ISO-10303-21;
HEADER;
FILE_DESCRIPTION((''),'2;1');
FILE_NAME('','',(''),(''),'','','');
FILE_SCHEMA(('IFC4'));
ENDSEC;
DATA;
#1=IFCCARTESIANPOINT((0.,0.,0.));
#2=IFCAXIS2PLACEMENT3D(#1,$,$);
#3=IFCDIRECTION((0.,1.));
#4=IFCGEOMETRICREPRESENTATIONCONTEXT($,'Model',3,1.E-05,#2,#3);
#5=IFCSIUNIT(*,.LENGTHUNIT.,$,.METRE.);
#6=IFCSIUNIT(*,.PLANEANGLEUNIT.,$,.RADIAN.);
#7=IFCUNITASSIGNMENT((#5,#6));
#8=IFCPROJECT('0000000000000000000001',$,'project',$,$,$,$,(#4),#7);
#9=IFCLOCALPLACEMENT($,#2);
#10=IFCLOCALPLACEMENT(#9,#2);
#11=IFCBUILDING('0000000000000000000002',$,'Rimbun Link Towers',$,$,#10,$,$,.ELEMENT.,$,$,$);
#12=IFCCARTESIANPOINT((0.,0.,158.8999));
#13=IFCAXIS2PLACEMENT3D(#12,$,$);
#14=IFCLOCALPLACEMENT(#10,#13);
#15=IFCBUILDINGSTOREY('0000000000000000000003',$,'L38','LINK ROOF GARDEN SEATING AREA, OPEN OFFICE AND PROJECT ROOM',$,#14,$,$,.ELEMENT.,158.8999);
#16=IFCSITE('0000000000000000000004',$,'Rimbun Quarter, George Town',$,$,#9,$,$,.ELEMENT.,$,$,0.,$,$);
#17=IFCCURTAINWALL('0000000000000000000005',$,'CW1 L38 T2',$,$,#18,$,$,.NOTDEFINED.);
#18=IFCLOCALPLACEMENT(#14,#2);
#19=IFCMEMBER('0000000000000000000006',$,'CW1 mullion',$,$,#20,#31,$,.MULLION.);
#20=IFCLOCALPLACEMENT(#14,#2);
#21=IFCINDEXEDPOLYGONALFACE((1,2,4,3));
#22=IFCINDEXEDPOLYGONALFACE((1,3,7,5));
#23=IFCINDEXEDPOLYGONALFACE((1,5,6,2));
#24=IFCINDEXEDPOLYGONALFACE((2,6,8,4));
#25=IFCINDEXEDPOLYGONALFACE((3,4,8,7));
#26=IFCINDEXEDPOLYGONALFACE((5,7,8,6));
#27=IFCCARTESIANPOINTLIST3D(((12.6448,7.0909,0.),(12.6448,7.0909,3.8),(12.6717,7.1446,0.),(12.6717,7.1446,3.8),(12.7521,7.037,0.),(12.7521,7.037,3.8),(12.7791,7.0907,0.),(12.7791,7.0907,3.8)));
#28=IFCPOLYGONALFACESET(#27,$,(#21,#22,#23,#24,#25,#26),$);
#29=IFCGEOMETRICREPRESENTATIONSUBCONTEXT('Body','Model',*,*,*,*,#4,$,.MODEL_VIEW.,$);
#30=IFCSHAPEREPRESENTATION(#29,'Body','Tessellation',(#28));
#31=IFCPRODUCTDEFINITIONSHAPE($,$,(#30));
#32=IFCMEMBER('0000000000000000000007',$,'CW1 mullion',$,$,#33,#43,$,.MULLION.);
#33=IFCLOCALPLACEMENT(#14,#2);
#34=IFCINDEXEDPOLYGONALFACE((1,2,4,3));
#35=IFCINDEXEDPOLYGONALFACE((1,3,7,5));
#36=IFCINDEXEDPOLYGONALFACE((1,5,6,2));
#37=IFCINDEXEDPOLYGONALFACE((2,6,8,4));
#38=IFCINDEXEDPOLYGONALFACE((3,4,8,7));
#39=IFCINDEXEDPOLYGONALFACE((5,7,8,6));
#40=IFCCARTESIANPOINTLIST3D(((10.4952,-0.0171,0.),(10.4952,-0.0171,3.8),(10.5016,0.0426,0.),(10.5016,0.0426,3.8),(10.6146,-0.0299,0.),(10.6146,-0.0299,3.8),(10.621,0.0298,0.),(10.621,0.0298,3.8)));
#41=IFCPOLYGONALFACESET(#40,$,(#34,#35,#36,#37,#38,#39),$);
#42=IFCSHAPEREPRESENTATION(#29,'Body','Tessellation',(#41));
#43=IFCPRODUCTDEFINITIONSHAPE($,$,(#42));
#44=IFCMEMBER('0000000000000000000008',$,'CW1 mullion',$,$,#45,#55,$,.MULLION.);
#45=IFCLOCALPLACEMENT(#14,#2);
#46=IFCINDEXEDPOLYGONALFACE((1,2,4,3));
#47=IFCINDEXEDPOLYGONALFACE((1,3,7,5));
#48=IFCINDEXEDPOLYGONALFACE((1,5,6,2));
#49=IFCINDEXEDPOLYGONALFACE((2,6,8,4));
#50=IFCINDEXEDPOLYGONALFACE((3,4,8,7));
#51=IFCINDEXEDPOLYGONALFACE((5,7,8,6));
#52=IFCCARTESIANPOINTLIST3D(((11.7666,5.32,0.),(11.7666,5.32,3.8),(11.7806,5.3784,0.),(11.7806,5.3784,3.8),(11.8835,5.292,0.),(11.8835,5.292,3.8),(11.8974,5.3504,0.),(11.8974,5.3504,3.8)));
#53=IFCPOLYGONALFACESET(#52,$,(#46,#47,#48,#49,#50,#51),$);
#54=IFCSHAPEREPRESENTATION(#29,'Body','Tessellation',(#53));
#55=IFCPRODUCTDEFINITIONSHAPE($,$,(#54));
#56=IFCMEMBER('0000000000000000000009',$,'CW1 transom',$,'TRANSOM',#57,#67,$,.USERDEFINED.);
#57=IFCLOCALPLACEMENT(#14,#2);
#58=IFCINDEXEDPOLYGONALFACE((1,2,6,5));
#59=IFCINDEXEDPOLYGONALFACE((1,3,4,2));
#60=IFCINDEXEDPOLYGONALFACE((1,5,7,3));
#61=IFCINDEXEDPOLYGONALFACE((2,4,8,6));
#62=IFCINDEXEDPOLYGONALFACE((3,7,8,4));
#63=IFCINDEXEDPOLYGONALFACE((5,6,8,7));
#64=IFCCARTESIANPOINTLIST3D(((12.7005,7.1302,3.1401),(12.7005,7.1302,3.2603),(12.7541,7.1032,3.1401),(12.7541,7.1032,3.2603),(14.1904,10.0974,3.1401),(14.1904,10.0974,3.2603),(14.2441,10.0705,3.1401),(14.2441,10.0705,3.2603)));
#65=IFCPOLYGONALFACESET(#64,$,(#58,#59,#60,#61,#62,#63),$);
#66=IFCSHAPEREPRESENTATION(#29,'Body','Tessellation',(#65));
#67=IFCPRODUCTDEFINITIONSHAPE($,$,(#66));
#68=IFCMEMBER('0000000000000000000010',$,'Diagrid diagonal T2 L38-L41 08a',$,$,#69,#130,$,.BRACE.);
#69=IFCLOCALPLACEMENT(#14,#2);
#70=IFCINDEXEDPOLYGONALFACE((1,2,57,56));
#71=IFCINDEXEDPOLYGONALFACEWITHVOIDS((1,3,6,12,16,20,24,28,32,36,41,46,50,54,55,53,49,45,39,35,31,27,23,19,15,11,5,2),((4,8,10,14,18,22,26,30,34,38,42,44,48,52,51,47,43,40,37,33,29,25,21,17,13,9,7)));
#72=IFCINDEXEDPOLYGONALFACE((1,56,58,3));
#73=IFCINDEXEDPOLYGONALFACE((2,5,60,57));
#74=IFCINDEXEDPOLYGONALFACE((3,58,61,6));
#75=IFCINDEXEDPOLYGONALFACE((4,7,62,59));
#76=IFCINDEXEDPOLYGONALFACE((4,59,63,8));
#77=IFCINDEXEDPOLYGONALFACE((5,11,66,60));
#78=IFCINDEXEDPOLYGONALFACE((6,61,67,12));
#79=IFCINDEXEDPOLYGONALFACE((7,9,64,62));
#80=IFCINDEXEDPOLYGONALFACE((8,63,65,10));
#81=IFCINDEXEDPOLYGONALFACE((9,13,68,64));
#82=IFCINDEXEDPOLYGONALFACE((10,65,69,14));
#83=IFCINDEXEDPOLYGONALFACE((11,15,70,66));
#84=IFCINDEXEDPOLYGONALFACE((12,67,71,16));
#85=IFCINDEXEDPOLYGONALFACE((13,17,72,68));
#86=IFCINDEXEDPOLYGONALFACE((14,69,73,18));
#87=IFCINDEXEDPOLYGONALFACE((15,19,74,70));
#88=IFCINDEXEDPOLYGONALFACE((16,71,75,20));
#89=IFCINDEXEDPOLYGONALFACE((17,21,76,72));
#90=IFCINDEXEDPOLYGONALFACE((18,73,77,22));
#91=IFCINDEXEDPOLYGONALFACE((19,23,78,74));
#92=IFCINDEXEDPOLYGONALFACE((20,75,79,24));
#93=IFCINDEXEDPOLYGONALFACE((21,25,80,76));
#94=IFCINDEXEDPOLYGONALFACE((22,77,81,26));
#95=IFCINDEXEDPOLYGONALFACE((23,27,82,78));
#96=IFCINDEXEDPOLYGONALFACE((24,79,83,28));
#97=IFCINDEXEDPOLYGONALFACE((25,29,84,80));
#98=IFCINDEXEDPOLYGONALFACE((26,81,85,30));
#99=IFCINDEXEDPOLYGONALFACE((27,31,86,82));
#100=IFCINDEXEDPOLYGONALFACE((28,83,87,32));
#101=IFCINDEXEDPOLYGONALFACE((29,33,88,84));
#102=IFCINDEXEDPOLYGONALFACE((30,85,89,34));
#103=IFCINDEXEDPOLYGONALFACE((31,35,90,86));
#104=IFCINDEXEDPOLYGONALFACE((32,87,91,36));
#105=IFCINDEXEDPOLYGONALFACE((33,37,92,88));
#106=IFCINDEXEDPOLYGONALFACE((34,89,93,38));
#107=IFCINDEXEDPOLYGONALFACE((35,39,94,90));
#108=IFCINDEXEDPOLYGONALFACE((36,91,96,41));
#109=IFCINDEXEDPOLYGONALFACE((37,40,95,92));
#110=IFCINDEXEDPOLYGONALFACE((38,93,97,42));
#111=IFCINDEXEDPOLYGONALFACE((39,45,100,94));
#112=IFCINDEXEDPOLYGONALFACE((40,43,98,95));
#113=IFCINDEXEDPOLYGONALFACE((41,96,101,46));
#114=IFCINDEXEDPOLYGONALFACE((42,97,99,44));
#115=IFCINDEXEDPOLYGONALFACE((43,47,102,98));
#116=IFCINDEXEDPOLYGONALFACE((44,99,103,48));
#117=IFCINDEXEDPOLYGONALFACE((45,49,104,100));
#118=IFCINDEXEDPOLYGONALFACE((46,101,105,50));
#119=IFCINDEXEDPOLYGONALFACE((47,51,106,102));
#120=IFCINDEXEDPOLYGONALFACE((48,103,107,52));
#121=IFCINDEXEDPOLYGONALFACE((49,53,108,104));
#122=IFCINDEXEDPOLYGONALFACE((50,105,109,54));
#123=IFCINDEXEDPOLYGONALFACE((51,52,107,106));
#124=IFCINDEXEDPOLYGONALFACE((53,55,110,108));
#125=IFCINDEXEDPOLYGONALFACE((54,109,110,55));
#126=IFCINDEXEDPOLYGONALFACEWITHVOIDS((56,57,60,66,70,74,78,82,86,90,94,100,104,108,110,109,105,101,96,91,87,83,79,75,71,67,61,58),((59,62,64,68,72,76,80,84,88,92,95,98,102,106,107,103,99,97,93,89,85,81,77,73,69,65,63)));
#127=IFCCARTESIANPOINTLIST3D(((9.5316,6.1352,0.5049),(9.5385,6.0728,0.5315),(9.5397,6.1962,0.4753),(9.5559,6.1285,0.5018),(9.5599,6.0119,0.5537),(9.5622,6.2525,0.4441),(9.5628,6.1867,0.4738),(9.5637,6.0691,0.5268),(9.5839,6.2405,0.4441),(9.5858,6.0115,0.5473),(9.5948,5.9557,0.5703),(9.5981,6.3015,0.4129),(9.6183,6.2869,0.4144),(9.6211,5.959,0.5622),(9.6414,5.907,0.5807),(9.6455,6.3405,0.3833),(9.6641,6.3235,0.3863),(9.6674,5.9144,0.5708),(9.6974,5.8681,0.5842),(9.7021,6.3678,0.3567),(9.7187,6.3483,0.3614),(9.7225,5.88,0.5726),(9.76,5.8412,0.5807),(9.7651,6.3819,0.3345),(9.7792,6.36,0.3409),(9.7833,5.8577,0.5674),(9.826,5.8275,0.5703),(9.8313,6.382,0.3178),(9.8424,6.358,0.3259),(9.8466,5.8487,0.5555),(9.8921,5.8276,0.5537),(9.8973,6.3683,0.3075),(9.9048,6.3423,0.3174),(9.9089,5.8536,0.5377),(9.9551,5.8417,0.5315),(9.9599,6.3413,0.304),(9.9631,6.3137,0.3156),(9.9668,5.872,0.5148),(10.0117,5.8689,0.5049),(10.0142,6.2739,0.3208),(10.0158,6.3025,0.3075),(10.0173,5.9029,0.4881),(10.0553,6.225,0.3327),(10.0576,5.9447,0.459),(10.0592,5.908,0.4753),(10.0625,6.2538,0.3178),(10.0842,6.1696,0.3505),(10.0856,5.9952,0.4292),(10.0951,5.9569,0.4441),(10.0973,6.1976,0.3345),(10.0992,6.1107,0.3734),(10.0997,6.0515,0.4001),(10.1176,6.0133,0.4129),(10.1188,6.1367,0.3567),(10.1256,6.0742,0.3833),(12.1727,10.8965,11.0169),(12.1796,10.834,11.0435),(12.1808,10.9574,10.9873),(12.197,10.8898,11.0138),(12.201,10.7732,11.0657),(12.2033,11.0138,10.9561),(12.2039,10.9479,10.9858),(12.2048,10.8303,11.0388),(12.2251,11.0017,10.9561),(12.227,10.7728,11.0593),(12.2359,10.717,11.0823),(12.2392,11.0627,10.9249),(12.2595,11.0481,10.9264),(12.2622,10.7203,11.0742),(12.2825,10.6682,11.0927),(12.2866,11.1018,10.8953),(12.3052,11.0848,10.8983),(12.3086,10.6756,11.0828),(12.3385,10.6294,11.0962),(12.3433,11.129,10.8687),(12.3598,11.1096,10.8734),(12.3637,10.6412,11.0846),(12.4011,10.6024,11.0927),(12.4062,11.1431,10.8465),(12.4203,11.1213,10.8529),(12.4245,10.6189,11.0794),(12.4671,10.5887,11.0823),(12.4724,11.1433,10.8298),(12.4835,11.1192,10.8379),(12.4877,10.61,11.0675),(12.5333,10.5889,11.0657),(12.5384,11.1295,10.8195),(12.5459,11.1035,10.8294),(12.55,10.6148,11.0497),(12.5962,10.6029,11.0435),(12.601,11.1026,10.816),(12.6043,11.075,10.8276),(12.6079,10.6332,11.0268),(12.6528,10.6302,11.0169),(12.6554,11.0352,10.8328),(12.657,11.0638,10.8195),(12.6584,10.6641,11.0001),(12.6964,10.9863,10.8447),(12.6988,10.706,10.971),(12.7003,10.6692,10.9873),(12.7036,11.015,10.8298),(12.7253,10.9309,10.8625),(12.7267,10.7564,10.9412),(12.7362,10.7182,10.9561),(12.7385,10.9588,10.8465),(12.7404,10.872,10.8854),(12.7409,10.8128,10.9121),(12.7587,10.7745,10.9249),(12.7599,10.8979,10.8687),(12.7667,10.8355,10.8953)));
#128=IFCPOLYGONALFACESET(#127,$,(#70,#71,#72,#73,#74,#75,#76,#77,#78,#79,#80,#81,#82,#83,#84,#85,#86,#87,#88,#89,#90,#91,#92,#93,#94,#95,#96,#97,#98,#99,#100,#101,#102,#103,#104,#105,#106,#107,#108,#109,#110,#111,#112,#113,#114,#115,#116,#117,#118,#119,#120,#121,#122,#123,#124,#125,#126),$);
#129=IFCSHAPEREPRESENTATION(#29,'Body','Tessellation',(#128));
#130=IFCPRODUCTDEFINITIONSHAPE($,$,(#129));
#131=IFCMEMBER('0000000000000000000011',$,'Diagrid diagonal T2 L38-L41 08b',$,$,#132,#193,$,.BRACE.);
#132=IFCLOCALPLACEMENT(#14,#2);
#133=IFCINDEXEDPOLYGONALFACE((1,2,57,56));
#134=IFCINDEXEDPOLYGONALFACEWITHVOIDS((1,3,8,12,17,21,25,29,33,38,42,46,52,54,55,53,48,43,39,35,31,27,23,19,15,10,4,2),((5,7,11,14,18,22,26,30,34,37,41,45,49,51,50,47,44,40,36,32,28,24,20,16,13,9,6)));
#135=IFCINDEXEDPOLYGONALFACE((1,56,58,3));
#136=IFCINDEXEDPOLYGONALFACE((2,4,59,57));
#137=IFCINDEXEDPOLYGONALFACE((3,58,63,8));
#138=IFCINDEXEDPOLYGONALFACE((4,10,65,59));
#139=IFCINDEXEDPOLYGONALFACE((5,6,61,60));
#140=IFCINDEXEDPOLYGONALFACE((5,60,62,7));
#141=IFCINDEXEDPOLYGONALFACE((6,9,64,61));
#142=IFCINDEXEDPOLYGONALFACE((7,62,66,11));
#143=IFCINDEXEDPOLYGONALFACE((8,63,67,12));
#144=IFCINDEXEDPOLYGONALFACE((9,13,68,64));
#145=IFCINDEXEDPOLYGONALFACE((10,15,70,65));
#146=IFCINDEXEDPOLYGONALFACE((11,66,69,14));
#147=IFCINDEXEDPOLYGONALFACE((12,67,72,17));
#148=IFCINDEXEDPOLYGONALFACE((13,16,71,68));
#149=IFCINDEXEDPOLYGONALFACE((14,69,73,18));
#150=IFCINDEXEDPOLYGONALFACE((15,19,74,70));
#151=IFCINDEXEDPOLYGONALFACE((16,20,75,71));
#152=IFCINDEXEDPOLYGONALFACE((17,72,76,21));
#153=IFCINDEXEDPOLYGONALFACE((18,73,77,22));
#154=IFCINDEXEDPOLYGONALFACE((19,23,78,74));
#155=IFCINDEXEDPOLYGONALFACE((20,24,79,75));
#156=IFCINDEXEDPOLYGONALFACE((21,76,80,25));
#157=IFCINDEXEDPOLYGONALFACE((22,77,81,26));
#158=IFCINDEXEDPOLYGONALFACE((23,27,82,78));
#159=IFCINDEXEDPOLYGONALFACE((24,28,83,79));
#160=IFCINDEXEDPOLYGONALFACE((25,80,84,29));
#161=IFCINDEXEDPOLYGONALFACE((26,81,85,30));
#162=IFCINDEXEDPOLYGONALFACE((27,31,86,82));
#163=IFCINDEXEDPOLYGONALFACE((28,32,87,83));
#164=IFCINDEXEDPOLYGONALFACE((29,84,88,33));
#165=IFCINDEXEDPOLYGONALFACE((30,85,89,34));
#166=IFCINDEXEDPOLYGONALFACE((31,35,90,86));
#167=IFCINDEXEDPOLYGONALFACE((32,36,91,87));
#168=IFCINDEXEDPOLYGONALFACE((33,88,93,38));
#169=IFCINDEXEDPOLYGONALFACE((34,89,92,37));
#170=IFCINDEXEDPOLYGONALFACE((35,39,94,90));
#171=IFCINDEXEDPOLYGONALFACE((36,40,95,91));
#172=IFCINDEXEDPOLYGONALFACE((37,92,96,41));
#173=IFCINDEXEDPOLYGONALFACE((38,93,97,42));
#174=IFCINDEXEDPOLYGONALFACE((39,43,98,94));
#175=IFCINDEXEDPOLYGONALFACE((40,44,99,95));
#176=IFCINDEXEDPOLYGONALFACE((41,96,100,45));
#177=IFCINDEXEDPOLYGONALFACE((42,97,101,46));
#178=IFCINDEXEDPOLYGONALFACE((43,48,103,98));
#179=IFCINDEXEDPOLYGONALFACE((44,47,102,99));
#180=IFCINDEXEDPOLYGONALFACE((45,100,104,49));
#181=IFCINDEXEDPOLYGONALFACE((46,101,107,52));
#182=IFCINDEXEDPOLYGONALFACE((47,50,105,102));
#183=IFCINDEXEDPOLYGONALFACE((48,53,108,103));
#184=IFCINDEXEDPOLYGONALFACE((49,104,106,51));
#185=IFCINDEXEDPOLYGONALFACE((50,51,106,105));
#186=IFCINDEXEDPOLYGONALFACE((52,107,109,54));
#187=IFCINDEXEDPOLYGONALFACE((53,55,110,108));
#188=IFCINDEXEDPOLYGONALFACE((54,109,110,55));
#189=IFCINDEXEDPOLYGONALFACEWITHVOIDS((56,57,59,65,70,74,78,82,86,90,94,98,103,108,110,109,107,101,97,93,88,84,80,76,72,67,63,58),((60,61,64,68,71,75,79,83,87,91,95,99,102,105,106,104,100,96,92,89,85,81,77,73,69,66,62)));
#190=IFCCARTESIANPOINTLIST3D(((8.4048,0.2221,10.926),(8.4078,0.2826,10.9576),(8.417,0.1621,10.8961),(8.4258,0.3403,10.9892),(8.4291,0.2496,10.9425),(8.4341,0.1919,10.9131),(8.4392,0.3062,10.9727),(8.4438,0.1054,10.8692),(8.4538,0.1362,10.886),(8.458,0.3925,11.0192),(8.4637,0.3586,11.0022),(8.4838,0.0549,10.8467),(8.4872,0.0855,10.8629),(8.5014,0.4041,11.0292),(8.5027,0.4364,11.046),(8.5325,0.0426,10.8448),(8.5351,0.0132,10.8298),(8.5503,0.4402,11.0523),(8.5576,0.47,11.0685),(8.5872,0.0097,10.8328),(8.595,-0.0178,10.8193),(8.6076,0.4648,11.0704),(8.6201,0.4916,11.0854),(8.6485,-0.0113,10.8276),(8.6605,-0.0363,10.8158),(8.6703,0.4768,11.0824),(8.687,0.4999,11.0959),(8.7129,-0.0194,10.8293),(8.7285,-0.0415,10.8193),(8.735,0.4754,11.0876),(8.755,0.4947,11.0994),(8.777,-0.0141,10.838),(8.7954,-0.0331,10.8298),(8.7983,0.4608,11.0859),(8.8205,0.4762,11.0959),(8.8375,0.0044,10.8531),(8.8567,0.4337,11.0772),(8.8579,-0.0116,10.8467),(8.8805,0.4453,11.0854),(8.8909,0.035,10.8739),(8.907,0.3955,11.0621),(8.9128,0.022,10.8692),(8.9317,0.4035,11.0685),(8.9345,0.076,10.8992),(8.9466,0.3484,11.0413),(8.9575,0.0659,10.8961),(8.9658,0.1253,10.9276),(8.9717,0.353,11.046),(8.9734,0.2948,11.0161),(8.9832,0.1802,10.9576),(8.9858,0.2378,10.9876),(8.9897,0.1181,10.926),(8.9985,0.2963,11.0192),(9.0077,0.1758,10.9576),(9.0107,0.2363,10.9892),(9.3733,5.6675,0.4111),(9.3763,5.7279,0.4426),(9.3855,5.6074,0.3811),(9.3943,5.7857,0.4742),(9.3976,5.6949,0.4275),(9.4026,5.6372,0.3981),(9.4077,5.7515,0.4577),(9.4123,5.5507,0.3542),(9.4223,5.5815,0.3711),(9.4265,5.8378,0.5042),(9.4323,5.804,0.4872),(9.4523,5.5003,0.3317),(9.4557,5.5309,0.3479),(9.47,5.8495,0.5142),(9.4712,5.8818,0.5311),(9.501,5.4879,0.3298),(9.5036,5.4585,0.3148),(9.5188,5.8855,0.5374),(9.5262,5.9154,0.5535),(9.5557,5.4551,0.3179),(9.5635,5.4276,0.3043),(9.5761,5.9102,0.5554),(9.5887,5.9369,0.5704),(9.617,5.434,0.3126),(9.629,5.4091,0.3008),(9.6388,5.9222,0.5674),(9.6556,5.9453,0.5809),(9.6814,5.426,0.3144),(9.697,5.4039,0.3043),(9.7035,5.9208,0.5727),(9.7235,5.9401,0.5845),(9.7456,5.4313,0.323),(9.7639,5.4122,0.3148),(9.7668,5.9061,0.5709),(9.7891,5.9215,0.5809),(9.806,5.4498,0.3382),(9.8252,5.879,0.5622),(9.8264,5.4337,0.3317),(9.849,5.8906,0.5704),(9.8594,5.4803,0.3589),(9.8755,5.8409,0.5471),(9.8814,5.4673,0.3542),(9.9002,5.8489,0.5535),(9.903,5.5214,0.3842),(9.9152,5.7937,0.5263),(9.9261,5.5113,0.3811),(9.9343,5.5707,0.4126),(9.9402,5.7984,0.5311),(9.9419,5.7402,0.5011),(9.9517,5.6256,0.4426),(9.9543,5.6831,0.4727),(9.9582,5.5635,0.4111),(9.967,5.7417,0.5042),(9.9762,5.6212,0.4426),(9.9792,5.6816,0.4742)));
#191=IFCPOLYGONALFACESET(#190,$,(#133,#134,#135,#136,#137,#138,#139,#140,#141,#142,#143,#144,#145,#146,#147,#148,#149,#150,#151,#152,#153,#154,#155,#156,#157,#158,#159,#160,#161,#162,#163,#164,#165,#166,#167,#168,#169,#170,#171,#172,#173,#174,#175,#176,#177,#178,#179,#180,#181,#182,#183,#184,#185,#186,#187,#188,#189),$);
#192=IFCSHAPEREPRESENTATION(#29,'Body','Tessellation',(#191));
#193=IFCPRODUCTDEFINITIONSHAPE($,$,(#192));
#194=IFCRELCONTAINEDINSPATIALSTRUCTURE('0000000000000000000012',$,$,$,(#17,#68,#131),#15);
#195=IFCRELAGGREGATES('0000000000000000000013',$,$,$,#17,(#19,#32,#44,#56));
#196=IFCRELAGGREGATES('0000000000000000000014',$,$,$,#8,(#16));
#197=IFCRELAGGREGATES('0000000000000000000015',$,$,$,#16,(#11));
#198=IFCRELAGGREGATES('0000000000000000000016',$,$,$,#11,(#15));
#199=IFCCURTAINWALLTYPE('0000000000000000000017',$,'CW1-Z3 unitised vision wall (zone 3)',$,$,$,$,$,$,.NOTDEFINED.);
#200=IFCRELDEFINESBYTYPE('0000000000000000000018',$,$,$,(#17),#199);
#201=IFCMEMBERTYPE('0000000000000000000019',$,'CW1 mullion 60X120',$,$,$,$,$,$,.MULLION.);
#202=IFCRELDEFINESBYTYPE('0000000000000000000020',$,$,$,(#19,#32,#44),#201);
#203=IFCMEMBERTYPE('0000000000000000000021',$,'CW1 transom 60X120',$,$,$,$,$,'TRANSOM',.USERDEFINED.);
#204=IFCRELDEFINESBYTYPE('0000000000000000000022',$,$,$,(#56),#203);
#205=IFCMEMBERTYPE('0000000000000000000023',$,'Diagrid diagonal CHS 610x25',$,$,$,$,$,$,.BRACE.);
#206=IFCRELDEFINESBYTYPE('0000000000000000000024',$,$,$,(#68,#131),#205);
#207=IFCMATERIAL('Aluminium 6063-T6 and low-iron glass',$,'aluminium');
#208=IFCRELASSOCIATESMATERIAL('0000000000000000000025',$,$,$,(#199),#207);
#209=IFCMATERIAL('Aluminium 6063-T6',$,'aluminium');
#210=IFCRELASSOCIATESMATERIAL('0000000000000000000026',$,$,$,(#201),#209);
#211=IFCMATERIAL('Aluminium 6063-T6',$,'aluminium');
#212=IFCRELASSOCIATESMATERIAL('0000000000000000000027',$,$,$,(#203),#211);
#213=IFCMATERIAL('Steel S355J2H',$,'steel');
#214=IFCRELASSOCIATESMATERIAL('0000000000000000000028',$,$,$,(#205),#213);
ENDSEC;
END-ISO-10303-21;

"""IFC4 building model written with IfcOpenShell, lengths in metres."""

from ifc_helpers import new_model, si_unit, direction, frame, origin, origin_2d, place, context, subcontext, project, spatial, rectangle, hollow_circle, extrude, material, material_profile, profile_set, type_object, element, aggregate, save


model = new_model("IFC4")

# Units and contexts
model_context = context("Model", 3, precision=1e-05, world=origin(), true_north=direction((0.0, 1.0)))
body_context = subcontext(model_context, "Body", "Model", "MODEL_VIEW")
ifc_project = project(units=[si_unit("LENGTHUNIT", "METRE"), si_unit("PLANEANGLEUNIT", "RADIAN")], contexts=[model_context])

# Site, building, storey
site_placement = place(None, origin())
site = spatial("IfcSite", under=ifc_project, at=site_placement, Name="Rimbun Quarter, George Town", CompositionType="ELEMENT", RefElevation=0.0)
building_placement = place(site_placement, origin())
building = spatial("IfcBuilding", under=site, at=building_placement, Name="Rimbun Link Towers", CompositionType="ELEMENT")
storey_placement = place(building_placement, frame((0.0, 0.0, 158.8999)))
storey = spatial("IfcBuildingStorey", under=building, at=storey_placement, Name="L38", Description="LINK ROOF GARDEN SEATING AREA, OPEN OFFICE AND PROJECT ROOM", CompositionType="ELEMENT", Elevation=158.8999)

# Curtain wall, members
ifc_material_1 = material(Name="Aluminium 6063-T6 and low-iron glass", Category="aluminium")
curtain_wall_type = type_object("IfcCurtainWallType", Name="CW1-Z3 unitised vision wall (zone 3)", PredefinedType="NOTDEFINED", material=ifc_material_1)
curtain_wall_placement = place(storey_placement, origin())
curtain_wall = element("IfcCurtainWall", 1, at=curtain_wall_placement, inside=storey, type_object=curtain_wall_type, Name="CW1 L38 T2", PredefinedType="NOTDEFINED")
ifc_material_2 = material(Name="Aluminium 6063-T6", Category="aluminium")
ifc_material_profile_1 = material_profile(ifc_material_2, rectangle(XDim=0.1201, YDim=0.0601, at=origin_2d()), Name="MULLION 60X120")
ifc_profile_set_1 = profile_set([ifc_material_profile_1], Name="Aluminium 6063-T6")
member_type_1 = type_object("IfcMemberType", Name="CW1 mullion 60X120", PredefinedType="MULLION", material=ifc_profile_set_1)
member_1_placement = place(storey_placement, frame((12.7119, 7.0908, 0.0), z_axis=(0.0, 0.0, 1.0), x_axis=(-0.893649, 0.448766, 0.0)))
member_1 = element("IfcMember", 2, at=member_1_placement, type_object=member_type_1, Name="CW1 mullion", PredefinedType="MULLION", context=body_context, shape_type="SweptSolid", body=[
    extrude(rectangle(XDim=0.1201, YDim=0.0601, at=origin_2d()), origin(), (0.0, 0.0, 1.0), 3.8),
])
member_2_placement = place(storey_placement, frame((10.5581, 0.0063, 0.0), z_axis=(0.0, 0.0, 1.0), x_axis=(-0.994297, 0.106647, 0.0)))
member_2 = element("IfcMember", 3, at=member_2_placement, type_object=member_type_1, Name="CW1 mullion", PredefinedType="MULLION", context=body_context, shape_type="SweptSolid", body=[
    extrude(rectangle(XDim=0.1201, YDim=0.0601, at=origin_2d()), origin(), (0.0, 0.0, 1.0), 3.8),
])
member_3_placement = place(storey_placement, frame((11.832, 5.3352, 0.0), z_axis=(0.0, 0.0, 1.0), x_axis=(-0.97257, 0.23261, 0.0)))
member_3 = element("IfcMember", 4, at=member_3_placement, type_object=member_type_1, Name="CW1 mullion", PredefinedType="MULLION", context=body_context, shape_type="SweptSolid", body=[
    extrude(rectangle(XDim=0.1201, YDim=0.0601, at=origin_2d()), origin(), (0.0, 0.0, 1.0), 3.8),
])
ifc_material_3 = material(Name="Aluminium 6063-T6", Category="aluminium")
ifc_material_profile_2 = material_profile(ifc_material_3, rectangle(XDim=0.0601, YDim=0.1201, at=origin_2d()), Name="TRANSOM 60X120")
ifc_profile_set_2 = profile_set([ifc_material_profile_2], Name="Aluminium 6063-T6")
member_type_2 = type_object("IfcMemberType", Name="CW1 transom 60X120", ElementType="TRANSOM", PredefinedType="USERDEFINED", material=ifc_profile_set_2)
member_4_placement = place(storey_placement, frame((12.7273, 7.1167, 3.2002), z_axis=(0.448742, 0.893661, 0.0), x_axis=(-0.893661, 0.448742, 0.0)))
member_4 = element("IfcMember", 5, at=member_4_placement, type_object=member_type_2, Name="CW1 transom", ObjectType="TRANSOM", PredefinedType="USERDEFINED", context=body_context, shape_type="SweptSolid", body=[
    extrude(rectangle(XDim=0.0601, YDim=0.1201, at=origin_2d()), origin(), (0.0, 0.0, 1.0), 3.3203),
])

# Members
ifc_material_4 = material(Name="Steel S355J2H", Category="steel")
ifc_material_profile_3 = material_profile(ifc_material_4, hollow_circle(Radius=0.3047, WallThickness=0.0249, at=origin_2d()), Name="Diagrid diagonal CHS 610x25")
ifc_profile_set_3 = profile_set([ifc_material_profile_3], Name="Steel S355J2H")
member_type_3 = type_object("IfcMemberType", Name="Diagrid diagonal CHS 610x25", PredefinedType="BRACE", material=ifc_profile_set_3)
member_5_placement = place(storey_placement, frame((9.8286, 6.1047, 0.4441), z_axis=(0.223098, 0.402188, 0.88796), x_axis=(-0.87447, 0.485079, 0.0)))
element("IfcMember", 6, at=member_5_placement, inside=storey, type_object=member_type_3, Name="Diagrid diagonal T2 L38-L41 08a", PredefinedType="BRACE", context=body_context, shape_type="SweptSolid", body=[
    extrude(hollow_circle(Radius=0.3047, WallThickness=0.0249, at=origin_2d()), origin(), (0.0, 0.0, 1.0), 11.8384),
])
member_6_placement = place(storey_placement, frame((9.6763, 5.6746, 0.4426), z_axis=(-0.081519, -0.45833, 0.885036), x_axis=(0.984548, -0.175112, 0.0)))
element("IfcMember", 7, at=member_6_placement, inside=storey, type_object=member_type_3, Name="Diagrid diagonal T2 L38-L41 08b", PredefinedType="BRACE", context=body_context, shape_type="SweptSolid", body=[
    extrude(hollow_circle(Radius=0.3047, WallThickness=0.0249, at=origin_2d()), origin(), (0.0, 0.0, 1.0), 11.8809),
])

aggregate(curtain_wall, [member_1, member_2, member_3, member_4])

save(model, "model.ifc")
